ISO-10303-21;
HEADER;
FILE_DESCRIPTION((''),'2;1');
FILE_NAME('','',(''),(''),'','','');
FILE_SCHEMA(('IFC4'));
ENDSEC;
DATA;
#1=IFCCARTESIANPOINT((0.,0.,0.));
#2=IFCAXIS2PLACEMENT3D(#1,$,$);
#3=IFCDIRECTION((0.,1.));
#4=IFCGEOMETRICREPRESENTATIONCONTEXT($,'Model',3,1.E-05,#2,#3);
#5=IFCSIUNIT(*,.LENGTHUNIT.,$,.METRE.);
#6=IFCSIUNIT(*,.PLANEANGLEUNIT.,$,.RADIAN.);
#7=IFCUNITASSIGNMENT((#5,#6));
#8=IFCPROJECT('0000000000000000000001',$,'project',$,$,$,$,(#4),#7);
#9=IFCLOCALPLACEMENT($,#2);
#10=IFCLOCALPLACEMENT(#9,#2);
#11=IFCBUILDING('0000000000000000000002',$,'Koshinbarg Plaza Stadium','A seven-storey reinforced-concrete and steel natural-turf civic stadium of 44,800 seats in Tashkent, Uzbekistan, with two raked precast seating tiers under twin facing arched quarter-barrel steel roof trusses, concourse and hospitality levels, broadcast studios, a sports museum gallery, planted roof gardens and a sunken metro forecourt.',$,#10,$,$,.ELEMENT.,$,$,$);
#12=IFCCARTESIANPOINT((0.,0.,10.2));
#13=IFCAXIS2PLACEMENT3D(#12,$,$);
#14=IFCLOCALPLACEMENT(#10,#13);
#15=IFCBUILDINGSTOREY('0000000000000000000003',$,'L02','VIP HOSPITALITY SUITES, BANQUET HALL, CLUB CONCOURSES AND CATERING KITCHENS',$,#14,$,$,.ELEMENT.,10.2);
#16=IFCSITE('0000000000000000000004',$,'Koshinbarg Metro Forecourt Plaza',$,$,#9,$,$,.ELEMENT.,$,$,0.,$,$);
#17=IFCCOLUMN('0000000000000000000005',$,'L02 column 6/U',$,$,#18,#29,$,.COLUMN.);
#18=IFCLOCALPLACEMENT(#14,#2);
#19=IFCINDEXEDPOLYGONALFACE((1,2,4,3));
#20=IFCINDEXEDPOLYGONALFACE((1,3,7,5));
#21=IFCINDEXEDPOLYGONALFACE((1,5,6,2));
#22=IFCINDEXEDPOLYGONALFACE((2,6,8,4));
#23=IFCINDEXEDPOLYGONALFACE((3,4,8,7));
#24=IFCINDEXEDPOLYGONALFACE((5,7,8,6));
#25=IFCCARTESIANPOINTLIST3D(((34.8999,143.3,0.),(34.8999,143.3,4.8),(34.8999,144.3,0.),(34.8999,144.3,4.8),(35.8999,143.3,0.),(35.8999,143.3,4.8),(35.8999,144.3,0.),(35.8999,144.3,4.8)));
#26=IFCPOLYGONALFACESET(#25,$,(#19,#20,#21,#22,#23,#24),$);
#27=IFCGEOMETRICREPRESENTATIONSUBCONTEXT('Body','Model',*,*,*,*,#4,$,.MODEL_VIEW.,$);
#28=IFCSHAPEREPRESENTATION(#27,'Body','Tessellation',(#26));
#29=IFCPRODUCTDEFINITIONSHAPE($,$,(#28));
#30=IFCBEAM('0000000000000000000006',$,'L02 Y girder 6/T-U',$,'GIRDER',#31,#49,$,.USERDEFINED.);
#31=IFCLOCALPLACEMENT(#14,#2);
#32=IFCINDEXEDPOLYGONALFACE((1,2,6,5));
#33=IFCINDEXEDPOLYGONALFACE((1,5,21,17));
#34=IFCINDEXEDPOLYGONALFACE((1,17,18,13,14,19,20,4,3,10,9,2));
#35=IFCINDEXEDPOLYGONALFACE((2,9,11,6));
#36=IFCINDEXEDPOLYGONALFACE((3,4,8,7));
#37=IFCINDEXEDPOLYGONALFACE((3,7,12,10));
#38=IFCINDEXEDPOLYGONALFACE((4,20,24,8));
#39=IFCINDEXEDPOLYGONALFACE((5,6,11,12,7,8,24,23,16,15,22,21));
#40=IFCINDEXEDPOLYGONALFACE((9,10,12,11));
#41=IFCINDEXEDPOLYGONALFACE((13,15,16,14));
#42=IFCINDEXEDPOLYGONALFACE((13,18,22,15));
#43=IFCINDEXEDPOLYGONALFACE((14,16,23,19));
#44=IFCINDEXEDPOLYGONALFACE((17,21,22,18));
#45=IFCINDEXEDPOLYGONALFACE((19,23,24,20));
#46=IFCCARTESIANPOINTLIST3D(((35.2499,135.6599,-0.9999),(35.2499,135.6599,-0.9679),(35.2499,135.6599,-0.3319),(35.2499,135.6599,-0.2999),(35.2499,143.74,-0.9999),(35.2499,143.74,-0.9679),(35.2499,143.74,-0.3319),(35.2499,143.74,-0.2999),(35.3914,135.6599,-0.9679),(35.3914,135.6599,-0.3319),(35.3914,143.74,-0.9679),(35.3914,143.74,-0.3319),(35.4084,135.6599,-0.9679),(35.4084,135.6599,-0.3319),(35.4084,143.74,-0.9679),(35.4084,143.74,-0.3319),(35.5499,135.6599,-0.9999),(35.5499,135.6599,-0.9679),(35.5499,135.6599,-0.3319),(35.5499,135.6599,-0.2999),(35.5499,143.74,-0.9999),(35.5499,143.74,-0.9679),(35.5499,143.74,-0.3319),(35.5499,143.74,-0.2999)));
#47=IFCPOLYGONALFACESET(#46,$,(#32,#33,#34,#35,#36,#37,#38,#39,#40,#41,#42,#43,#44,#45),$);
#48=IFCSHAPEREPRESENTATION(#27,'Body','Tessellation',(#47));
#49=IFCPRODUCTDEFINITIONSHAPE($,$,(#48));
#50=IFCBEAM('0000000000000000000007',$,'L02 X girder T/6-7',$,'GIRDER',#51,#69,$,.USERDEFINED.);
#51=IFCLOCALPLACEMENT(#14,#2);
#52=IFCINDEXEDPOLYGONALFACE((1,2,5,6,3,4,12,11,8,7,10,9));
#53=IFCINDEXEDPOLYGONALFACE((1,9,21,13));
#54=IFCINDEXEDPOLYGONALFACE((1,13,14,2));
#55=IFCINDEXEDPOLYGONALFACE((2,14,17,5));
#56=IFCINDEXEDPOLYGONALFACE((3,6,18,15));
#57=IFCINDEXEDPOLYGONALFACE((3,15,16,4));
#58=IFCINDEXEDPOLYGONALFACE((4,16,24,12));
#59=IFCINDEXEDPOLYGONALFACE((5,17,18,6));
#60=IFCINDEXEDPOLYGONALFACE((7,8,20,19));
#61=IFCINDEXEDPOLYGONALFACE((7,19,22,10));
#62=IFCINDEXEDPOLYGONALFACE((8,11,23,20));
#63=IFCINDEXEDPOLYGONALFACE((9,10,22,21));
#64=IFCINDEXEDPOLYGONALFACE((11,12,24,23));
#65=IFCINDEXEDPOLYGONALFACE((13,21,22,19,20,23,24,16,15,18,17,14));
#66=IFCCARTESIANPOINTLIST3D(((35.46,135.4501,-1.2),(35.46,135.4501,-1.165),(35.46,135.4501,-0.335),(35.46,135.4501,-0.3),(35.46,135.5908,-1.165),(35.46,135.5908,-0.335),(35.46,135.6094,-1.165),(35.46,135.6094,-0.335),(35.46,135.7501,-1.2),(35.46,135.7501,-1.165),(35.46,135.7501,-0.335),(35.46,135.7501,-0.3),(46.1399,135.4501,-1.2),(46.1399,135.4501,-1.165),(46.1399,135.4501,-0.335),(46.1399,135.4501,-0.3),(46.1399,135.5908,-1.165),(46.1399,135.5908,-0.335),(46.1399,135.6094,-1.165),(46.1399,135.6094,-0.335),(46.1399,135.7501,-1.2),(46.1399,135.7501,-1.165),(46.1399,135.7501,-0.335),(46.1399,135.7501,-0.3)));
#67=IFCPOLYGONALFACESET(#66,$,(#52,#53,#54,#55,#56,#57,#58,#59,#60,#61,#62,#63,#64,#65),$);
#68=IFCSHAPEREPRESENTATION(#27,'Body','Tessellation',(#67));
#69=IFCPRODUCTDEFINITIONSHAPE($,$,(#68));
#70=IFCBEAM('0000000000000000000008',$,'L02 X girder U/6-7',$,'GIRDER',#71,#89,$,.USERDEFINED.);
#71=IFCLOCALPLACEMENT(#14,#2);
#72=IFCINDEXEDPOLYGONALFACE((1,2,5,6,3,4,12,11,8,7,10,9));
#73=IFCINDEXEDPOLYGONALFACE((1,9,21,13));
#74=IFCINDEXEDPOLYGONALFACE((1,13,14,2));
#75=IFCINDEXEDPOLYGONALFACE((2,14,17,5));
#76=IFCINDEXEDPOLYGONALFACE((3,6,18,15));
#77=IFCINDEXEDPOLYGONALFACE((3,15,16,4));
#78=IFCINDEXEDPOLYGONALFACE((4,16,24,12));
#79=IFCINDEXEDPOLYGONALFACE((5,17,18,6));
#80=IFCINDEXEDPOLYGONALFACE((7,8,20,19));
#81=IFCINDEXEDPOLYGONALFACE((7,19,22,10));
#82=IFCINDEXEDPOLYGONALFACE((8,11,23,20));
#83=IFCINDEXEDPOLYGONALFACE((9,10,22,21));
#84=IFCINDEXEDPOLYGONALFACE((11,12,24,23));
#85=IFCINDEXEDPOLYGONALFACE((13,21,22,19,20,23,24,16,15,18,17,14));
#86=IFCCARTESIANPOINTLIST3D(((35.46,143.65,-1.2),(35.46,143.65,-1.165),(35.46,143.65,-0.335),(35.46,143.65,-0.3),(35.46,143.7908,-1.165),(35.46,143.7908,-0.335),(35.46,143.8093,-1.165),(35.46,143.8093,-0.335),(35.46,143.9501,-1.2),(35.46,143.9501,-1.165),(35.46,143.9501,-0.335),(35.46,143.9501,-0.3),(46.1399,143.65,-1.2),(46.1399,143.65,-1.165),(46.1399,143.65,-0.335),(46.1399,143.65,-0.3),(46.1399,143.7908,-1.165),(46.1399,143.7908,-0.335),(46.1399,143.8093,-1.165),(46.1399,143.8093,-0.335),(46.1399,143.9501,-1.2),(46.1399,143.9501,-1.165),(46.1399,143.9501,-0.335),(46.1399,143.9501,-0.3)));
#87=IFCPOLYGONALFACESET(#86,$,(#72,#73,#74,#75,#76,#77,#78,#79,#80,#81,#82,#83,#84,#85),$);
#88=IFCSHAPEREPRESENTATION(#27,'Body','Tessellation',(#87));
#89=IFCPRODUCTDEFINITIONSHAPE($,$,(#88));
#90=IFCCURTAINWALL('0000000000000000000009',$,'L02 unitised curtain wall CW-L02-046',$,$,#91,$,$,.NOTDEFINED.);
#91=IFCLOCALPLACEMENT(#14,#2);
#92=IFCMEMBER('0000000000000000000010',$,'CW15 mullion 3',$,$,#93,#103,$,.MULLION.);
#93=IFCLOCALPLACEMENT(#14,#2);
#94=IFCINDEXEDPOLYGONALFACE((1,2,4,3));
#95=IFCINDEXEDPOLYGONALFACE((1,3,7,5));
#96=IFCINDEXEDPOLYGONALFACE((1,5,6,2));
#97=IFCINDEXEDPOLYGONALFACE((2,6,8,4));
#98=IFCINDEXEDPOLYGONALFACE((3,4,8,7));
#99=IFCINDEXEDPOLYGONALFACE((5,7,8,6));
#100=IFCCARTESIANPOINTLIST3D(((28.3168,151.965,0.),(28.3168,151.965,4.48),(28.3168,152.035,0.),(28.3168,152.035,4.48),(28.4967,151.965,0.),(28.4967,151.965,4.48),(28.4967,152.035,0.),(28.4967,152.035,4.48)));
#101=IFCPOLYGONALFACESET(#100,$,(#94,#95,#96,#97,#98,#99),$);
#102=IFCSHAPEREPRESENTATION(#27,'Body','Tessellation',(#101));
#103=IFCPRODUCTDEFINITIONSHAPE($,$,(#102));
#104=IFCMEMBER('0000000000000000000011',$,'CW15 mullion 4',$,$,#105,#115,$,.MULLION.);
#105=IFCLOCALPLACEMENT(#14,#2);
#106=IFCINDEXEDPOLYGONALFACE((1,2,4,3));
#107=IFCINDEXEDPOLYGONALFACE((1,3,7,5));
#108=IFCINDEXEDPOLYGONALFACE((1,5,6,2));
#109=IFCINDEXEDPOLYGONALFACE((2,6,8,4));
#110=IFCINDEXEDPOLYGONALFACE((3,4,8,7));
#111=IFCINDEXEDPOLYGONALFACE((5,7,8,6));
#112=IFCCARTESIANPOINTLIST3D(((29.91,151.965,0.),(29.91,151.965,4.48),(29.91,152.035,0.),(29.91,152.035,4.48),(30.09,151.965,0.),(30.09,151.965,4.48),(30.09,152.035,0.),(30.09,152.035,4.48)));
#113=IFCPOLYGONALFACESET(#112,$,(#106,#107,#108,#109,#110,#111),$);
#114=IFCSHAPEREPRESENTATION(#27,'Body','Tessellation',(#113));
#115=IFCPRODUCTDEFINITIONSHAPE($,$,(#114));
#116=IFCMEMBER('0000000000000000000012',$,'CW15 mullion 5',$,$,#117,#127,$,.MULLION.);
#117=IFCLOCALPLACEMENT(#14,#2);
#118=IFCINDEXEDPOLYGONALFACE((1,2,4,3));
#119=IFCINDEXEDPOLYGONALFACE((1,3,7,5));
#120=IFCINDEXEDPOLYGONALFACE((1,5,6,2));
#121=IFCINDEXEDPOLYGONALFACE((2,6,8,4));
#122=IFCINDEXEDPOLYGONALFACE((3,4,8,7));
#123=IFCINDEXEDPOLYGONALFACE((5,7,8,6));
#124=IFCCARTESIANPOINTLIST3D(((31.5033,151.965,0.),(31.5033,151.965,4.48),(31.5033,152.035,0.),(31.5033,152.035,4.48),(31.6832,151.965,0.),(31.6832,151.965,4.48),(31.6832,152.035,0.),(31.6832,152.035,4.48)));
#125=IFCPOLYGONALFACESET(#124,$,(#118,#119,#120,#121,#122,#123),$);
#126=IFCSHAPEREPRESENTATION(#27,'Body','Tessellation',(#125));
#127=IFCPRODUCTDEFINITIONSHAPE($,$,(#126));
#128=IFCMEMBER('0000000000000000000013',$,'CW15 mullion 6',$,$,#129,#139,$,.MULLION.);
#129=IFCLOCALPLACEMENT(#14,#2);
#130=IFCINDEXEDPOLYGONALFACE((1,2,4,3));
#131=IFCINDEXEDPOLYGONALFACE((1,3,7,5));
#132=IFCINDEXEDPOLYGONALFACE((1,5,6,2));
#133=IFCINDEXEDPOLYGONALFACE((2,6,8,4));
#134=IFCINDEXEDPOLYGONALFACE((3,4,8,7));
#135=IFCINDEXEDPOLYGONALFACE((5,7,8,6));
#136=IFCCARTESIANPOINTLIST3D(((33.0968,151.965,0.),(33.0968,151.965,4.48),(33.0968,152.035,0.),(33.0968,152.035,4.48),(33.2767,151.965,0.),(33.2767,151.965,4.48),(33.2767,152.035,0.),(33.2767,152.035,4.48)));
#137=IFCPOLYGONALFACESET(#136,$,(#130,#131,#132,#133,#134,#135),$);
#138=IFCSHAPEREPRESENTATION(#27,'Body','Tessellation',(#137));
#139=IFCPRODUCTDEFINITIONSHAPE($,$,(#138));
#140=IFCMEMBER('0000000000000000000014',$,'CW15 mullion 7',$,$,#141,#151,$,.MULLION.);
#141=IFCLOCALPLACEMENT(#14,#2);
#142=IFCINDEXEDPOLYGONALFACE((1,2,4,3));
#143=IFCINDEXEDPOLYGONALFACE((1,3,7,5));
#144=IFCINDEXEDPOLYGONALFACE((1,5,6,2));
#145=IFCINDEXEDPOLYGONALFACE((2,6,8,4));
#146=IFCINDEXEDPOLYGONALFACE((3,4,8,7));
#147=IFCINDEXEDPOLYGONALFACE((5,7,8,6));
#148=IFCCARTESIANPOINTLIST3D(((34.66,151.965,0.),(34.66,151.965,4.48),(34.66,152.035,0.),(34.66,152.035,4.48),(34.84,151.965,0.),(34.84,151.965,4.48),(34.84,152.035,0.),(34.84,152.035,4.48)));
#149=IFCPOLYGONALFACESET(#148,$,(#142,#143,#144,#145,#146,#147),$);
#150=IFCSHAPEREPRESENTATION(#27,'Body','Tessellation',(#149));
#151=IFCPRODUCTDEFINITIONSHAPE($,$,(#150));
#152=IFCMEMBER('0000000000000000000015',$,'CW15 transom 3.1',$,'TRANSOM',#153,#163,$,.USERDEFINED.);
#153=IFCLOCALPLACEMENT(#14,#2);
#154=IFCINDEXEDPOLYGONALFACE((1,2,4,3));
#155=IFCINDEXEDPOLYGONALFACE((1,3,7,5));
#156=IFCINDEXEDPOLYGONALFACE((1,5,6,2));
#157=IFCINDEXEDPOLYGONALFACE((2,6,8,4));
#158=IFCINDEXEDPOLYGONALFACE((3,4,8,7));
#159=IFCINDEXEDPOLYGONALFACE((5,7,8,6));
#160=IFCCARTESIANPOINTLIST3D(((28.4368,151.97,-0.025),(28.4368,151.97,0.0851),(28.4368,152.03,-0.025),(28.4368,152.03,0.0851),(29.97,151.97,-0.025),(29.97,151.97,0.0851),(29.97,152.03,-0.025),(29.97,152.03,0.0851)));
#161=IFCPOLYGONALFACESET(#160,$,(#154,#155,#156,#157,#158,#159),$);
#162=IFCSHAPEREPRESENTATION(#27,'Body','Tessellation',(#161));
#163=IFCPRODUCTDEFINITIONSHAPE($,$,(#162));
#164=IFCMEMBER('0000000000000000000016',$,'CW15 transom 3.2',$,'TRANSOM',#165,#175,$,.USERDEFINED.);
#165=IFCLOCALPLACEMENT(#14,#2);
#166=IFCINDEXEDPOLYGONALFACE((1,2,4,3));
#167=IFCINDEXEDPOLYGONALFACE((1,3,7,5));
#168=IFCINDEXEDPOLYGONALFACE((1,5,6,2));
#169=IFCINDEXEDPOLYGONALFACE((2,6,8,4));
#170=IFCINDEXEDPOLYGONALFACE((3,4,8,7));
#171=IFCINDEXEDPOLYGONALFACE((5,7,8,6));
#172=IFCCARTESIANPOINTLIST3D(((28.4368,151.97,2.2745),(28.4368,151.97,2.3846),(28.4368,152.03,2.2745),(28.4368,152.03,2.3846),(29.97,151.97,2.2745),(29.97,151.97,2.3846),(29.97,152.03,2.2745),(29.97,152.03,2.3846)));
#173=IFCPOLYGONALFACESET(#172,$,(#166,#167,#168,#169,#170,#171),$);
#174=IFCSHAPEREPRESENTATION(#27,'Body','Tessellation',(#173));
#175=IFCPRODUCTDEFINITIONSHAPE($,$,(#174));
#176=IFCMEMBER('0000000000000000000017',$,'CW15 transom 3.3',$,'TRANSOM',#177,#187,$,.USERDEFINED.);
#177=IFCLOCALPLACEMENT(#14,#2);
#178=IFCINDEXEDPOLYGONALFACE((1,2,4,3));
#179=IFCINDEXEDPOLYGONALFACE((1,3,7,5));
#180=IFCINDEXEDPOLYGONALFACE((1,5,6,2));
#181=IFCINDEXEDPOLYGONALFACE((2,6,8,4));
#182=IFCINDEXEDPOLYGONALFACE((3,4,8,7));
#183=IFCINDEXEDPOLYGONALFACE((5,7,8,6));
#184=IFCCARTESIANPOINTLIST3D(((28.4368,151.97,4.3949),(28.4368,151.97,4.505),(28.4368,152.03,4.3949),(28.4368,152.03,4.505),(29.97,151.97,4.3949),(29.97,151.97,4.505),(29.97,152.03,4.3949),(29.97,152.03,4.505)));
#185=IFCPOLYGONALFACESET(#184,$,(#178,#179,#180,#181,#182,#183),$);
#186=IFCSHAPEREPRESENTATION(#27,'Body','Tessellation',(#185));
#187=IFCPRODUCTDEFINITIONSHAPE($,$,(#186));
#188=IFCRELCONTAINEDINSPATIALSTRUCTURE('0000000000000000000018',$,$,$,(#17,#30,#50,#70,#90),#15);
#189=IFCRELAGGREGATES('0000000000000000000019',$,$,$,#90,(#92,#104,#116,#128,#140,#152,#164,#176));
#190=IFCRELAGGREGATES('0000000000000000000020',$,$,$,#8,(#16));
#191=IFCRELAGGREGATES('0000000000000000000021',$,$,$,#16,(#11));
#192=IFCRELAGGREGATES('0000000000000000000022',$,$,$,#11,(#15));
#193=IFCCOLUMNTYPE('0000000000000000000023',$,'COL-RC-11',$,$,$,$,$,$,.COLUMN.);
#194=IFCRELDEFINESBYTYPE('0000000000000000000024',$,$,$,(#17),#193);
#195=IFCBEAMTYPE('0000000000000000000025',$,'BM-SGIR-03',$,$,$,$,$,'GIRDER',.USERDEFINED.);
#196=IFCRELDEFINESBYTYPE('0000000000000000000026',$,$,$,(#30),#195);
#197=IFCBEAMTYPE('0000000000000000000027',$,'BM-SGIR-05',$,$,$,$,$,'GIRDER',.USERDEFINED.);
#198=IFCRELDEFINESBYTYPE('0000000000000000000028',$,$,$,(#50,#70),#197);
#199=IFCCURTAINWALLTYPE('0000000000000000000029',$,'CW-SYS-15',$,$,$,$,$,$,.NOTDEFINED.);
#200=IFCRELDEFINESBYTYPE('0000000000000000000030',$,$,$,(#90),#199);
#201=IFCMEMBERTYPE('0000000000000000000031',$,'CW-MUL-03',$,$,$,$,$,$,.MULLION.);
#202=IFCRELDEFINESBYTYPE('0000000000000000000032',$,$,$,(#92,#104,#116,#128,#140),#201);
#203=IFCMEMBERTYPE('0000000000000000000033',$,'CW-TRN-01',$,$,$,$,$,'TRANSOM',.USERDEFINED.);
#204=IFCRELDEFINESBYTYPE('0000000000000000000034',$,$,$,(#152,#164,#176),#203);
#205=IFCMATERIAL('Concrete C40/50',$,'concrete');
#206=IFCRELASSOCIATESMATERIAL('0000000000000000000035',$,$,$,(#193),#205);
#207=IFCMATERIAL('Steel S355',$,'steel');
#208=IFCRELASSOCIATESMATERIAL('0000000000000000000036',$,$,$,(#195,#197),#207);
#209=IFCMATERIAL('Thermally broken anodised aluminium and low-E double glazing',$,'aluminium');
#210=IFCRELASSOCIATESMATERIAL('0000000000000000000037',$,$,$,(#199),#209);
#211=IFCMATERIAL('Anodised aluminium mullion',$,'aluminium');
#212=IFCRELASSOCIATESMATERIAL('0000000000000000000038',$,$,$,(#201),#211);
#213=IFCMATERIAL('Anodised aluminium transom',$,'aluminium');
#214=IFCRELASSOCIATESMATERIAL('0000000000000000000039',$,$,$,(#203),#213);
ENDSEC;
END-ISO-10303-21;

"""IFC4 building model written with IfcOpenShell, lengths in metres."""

from ifc_helpers import new_model, si_unit, direction, frame, origin, origin_2d, place, context, subcontext, project, spatial, rectangle, i_section, extrude, material, material_profile, profile_set, type_object, element, aggregate, save


model = new_model("IFC4")

# Units and contexts
model_context = context("Model", 3, precision=1e-05, world=origin(), true_north=direction((0.0, 1.0)))
body_context = subcontext(model_context, "Body", "Model", "MODEL_VIEW")
ifc_project = project(units=[si_unit("LENGTHUNIT", "METRE"), si_unit("PLANEANGLEUNIT", "RADIAN")], contexts=[model_context])

# Site, building, storey
site_placement = place(None, origin())
site = spatial("IfcSite", under=ifc_project, at=site_placement, Name="Koshinbarg Metro Forecourt Plaza", CompositionType="ELEMENT", RefElevation=0.0)
building_placement = place(site_placement, origin())
building = spatial("IfcBuilding", under=site, at=building_placement, Name="Koshinbarg Plaza Stadium", Description="A seven-storey reinforced-concrete and steel natural-turf civic stadium of 44,800 seats in Tashkent, Uzbekistan, with two raked precast seating tiers under twin facing arched quarter-barrel steel roof trusses, concourse and hospitality levels, broadcast studios, a sports museum gallery, planted roof gardens and a sunken metro forecourt.", CompositionType="ELEMENT")
storey_placement = place(building_placement, frame((0.0, 0.0, 10.2)))
storey = spatial("IfcBuildingStorey", under=building, at=storey_placement, Name="L02", Description="VIP HOSPITALITY SUITES, BANQUET HALL, CLUB CONCOURSES AND CATERING KITCHENS", CompositionType="ELEMENT", Elevation=10.2)

# Column
ifc_material_1 = material(Name="Concrete C40/50", Category="concrete")
ifc_material_profile_1 = material_profile(ifc_material_1, rectangle(XDim=1.0, YDim=1.0, at=origin_2d()), Name="RC 1000x1000")
ifc_profile_set_1 = profile_set([ifc_material_profile_1], Name="Concrete C40/50")
column_type = type_object("IfcColumnType", Name="COL-RC-11", PredefinedType="COLUMN", material=ifc_profile_set_1)
column_placement = place(storey_placement, frame((35.3999, 143.8, 0.0), z_axis=(0.0, 0.0, 1.0), x_axis=(1.0, 0.0, 0.0)))
element("IfcColumn", 1, at=column_placement, inside=storey, type_object=column_type, Name="L02 column 6/U", PredefinedType="COLUMN", context=body_context, shape_type="SweptSolid", body=[
    extrude(rectangle(XDim=1.0, YDim=1.0, at=origin_2d()), origin(), (0.0, 0.0, 1.0), 4.8),
])

# Beams
ifc_material_2 = material(Name="Steel S355", Category="steel")
ifc_material_profile_2 = material_profile(ifc_material_2, i_section(OverallWidth=0.3, OverallDepth=0.7, WebThickness=0.0171, FlangeThickness=0.032, at=origin_2d()), Name="HEB 700")
ifc_profile_set_2 = profile_set([ifc_material_profile_2], Name="Steel S355")
beam_type_1 = type_object("IfcBeamType", Name="BM-SGIR-03", ElementType="GIRDER", PredefinedType="USERDEFINED", material=ifc_profile_set_2)
beam_placement = place(storey_placement, frame((35.3999, 135.6599, -0.6499), z_axis=(0.0, 1.0, 0.0), x_axis=(-1.0, 0.0, 0.0)))
element("IfcBeam", 2, at=beam_placement, inside=storey, type_object=beam_type_1, Name="L02 Y girder 6/T-U", ObjectType="GIRDER", PredefinedType="USERDEFINED", context=body_context, shape_type="SweptSolid", body=[
    extrude(i_section(OverallWidth=0.3, OverallDepth=0.7, WebThickness=0.0171, FlangeThickness=0.032, at=origin_2d()), origin(), (0.0, 0.0, 1.0), 8.0801),
])
ifc_material_profile_3 = material_profile(ifc_material_2, i_section(OverallWidth=0.3, OverallDepth=0.8999, WebThickness=0.0186, FlangeThickness=0.0349, at=origin_2d()), Name="HEB 900")
ifc_profile_set_3 = profile_set([ifc_material_profile_3], Name="Steel S355")
beam_type_2 = type_object("IfcBeamType", Name="BM-SGIR-05", ElementType="GIRDER", PredefinedType="USERDEFINED", material=ifc_profile_set_3)
for number, where, z_axis, x_axis, name in (
    (3, (35.46, 135.6001, -0.75), (1.0, 0.0, 0.0), (0.0, 1.0, 0.0), "L02 X girder T/6-7"),
    (4, (35.46, 143.8, -0.75), (1.0, 0.0, 0.0), (0.0, 1.0, 0.0), "L02 X girder U/6-7"),
):
    element("IfcBeam", number, at=place(storey_placement, frame(where, z_axis=z_axis, x_axis=x_axis)), inside=storey, type_object=beam_type_2, Name=name, ObjectType="GIRDER", PredefinedType="USERDEFINED", context=body_context, shape_type="SweptSolid", body=[
        extrude(i_section(OverallWidth=0.3, OverallDepth=0.8999, WebThickness=0.0186, FlangeThickness=0.0349, at=origin_2d()), origin(), (0.0, 0.0, 1.0), 10.6799),
    ])

# Curtain wall, members
ifc_material_3 = material(Name="Thermally broken anodised aluminium and low-E double glazing", Category="aluminium")
curtain_wall_type = type_object("IfcCurtainWallType", Name="CW-SYS-15", PredefinedType="NOTDEFINED", material=ifc_material_3)
curtain_wall_placement = place(storey_placement, origin())
curtain_wall = element("IfcCurtainWall", 5, at=curtain_wall_placement, inside=storey, type_object=curtain_wall_type, Name="L02 unitised curtain wall CW-L02-046", PredefinedType="NOTDEFINED")
ifc_material_4 = material(Name="Anodised aluminium mullion", Category="aluminium")
ifc_material_profile_4 = material_profile(ifc_material_4, rectangle(XDim=0.0701, YDim=0.1799, at=origin_2d()), Name="ALU 70x180")
ifc_profile_set_4 = profile_set([ifc_material_profile_4], Name="Anodised aluminium mullion")
member_type_1 = type_object("IfcMemberType", Name="CW-MUL-03", PredefinedType="MULLION", material=ifc_profile_set_4)
member_1_placement = place(storey_placement, frame((28.4067, 152.0, 0.0), z_axis=(0.0, 0.0, 1.0), x_axis=(0.0, 1.0, 0.0)))
member_1 = element("IfcMember", 6, at=member_1_placement, type_object=member_type_1, Name="CW15 mullion 3", PredefinedType="MULLION", context=body_context, shape_type="SweptSolid", body=[
    extrude(rectangle(XDim=0.0701, YDim=0.1799, at=origin_2d()), origin(), (0.0, 0.0, 1.0), 4.48),
])
member_2_placement = place(storey_placement, frame((30.0, 152.0, 0.0), z_axis=(0.0, 0.0, 1.0), x_axis=(0.0, 1.0, 0.0)))
member_2 = element("IfcMember", 7, at=member_2_placement, type_object=member_type_1, Name="CW15 mullion 4", PredefinedType="MULLION", context=body_context, shape_type="SweptSolid", body=[
    extrude(rectangle(XDim=0.0701, YDim=0.1799, at=origin_2d()), origin(), (0.0, 0.0, 1.0), 4.48),
])
member_3_placement = place(storey_placement, frame((31.5933, 152.0, 0.0), z_axis=(0.0, 0.0, 1.0), x_axis=(0.0, 1.0, 0.0)))
member_3 = element("IfcMember", 8, at=member_3_placement, type_object=member_type_1, Name="CW15 mullion 5", PredefinedType="MULLION", context=body_context, shape_type="SweptSolid", body=[
    extrude(rectangle(XDim=0.0701, YDim=0.1799, at=origin_2d()), origin(), (0.0, 0.0, 1.0), 4.48),
])
member_4_placement = place(storey_placement, frame((33.1868, 152.0, 0.0), z_axis=(0.0, 0.0, 1.0), x_axis=(0.0, 1.0, 0.0)))
member_4 = element("IfcMember", 9, at=member_4_placement, type_object=member_type_1, Name="CW15 mullion 6", PredefinedType="MULLION", context=body_context, shape_type="SweptSolid", body=[
    extrude(rectangle(XDim=0.0701, YDim=0.1799, at=origin_2d()), origin(), (0.0, 0.0, 1.0), 4.48),
])
member_5_placement = place(storey_placement, frame((34.75, 152.0, 0.0), z_axis=(0.0, 0.0, 1.0), x_axis=(0.0, 1.0, 0.0)))
member_5 = element("IfcMember", 10, at=member_5_placement, type_object=member_type_1, Name="CW15 mullion 7", PredefinedType="MULLION", context=body_context, shape_type="SweptSolid", body=[
    extrude(rectangle(XDim=0.0701, YDim=0.1799, at=origin_2d()), origin(), (0.0, 0.0, 1.0), 4.48),
])
ifc_material_5 = material(Name="Anodised aluminium transom", Category="aluminium")
ifc_material_profile_5 = material_profile(ifc_material_5, rectangle(XDim=0.0601, YDim=0.1101, at=origin_2d()), Name="ALU 60x110")
ifc_profile_set_5 = profile_set([ifc_material_profile_5], Name="Anodised aluminium transom")
member_type_2 = type_object("IfcMemberType", Name="CW-TRN-01", ElementType="TRANSOM", PredefinedType="USERDEFINED", material=ifc_profile_set_5)
member_6_placement = place(storey_placement, frame((28.4368, 152.0, 0.03), z_axis=(1.0, 0.0, 0.0), x_axis=(0.0, 1.0, 0.0)))
member_6 = element("IfcMember", 11, at=member_6_placement, type_object=member_type_2, Name="CW15 transom 3.1", ObjectType="TRANSOM", PredefinedType="USERDEFINED", context=body_context, shape_type="SweptSolid", body=[
    extrude(rectangle(XDim=0.0601, YDim=0.1101, at=origin_2d()), origin(), (0.0, 0.0, 1.0), 1.5332),
])
member_7_placement = place(storey_placement, frame((28.4368, 152.0, 2.3296), z_axis=(1.0, 0.0, 0.0), x_axis=(0.0, 1.0, 0.0)))
member_7 = element("IfcMember", 12, at=member_7_placement, type_object=member_type_2, Name="CW15 transom 3.2", ObjectType="TRANSOM", PredefinedType="USERDEFINED", context=body_context, shape_type="SweptSolid", body=[
    extrude(rectangle(XDim=0.0601, YDim=0.1101, at=origin_2d()), origin(), (0.0, 0.0, 1.0), 1.5332),
])
member_8_placement = place(storey_placement, frame((28.4368, 152.0, 4.45), z_axis=(1.0, 0.0, 0.0), x_axis=(0.0, 1.0, 0.0)))
member_8 = element("IfcMember", 13, at=member_8_placement, type_object=member_type_2, Name="CW15 transom 3.3", ObjectType="TRANSOM", PredefinedType="USERDEFINED", context=body_context, shape_type="SweptSolid", body=[
    extrude(rectangle(XDim=0.0601, YDim=0.1101, at=origin_2d()), origin(), (0.0, 0.0, 1.0), 1.5332),
])
aggregate(curtain_wall, [member_1, member_2, member_3, member_4, member_5, member_6, member_7, member_8])

save(model, "model.ifc")
